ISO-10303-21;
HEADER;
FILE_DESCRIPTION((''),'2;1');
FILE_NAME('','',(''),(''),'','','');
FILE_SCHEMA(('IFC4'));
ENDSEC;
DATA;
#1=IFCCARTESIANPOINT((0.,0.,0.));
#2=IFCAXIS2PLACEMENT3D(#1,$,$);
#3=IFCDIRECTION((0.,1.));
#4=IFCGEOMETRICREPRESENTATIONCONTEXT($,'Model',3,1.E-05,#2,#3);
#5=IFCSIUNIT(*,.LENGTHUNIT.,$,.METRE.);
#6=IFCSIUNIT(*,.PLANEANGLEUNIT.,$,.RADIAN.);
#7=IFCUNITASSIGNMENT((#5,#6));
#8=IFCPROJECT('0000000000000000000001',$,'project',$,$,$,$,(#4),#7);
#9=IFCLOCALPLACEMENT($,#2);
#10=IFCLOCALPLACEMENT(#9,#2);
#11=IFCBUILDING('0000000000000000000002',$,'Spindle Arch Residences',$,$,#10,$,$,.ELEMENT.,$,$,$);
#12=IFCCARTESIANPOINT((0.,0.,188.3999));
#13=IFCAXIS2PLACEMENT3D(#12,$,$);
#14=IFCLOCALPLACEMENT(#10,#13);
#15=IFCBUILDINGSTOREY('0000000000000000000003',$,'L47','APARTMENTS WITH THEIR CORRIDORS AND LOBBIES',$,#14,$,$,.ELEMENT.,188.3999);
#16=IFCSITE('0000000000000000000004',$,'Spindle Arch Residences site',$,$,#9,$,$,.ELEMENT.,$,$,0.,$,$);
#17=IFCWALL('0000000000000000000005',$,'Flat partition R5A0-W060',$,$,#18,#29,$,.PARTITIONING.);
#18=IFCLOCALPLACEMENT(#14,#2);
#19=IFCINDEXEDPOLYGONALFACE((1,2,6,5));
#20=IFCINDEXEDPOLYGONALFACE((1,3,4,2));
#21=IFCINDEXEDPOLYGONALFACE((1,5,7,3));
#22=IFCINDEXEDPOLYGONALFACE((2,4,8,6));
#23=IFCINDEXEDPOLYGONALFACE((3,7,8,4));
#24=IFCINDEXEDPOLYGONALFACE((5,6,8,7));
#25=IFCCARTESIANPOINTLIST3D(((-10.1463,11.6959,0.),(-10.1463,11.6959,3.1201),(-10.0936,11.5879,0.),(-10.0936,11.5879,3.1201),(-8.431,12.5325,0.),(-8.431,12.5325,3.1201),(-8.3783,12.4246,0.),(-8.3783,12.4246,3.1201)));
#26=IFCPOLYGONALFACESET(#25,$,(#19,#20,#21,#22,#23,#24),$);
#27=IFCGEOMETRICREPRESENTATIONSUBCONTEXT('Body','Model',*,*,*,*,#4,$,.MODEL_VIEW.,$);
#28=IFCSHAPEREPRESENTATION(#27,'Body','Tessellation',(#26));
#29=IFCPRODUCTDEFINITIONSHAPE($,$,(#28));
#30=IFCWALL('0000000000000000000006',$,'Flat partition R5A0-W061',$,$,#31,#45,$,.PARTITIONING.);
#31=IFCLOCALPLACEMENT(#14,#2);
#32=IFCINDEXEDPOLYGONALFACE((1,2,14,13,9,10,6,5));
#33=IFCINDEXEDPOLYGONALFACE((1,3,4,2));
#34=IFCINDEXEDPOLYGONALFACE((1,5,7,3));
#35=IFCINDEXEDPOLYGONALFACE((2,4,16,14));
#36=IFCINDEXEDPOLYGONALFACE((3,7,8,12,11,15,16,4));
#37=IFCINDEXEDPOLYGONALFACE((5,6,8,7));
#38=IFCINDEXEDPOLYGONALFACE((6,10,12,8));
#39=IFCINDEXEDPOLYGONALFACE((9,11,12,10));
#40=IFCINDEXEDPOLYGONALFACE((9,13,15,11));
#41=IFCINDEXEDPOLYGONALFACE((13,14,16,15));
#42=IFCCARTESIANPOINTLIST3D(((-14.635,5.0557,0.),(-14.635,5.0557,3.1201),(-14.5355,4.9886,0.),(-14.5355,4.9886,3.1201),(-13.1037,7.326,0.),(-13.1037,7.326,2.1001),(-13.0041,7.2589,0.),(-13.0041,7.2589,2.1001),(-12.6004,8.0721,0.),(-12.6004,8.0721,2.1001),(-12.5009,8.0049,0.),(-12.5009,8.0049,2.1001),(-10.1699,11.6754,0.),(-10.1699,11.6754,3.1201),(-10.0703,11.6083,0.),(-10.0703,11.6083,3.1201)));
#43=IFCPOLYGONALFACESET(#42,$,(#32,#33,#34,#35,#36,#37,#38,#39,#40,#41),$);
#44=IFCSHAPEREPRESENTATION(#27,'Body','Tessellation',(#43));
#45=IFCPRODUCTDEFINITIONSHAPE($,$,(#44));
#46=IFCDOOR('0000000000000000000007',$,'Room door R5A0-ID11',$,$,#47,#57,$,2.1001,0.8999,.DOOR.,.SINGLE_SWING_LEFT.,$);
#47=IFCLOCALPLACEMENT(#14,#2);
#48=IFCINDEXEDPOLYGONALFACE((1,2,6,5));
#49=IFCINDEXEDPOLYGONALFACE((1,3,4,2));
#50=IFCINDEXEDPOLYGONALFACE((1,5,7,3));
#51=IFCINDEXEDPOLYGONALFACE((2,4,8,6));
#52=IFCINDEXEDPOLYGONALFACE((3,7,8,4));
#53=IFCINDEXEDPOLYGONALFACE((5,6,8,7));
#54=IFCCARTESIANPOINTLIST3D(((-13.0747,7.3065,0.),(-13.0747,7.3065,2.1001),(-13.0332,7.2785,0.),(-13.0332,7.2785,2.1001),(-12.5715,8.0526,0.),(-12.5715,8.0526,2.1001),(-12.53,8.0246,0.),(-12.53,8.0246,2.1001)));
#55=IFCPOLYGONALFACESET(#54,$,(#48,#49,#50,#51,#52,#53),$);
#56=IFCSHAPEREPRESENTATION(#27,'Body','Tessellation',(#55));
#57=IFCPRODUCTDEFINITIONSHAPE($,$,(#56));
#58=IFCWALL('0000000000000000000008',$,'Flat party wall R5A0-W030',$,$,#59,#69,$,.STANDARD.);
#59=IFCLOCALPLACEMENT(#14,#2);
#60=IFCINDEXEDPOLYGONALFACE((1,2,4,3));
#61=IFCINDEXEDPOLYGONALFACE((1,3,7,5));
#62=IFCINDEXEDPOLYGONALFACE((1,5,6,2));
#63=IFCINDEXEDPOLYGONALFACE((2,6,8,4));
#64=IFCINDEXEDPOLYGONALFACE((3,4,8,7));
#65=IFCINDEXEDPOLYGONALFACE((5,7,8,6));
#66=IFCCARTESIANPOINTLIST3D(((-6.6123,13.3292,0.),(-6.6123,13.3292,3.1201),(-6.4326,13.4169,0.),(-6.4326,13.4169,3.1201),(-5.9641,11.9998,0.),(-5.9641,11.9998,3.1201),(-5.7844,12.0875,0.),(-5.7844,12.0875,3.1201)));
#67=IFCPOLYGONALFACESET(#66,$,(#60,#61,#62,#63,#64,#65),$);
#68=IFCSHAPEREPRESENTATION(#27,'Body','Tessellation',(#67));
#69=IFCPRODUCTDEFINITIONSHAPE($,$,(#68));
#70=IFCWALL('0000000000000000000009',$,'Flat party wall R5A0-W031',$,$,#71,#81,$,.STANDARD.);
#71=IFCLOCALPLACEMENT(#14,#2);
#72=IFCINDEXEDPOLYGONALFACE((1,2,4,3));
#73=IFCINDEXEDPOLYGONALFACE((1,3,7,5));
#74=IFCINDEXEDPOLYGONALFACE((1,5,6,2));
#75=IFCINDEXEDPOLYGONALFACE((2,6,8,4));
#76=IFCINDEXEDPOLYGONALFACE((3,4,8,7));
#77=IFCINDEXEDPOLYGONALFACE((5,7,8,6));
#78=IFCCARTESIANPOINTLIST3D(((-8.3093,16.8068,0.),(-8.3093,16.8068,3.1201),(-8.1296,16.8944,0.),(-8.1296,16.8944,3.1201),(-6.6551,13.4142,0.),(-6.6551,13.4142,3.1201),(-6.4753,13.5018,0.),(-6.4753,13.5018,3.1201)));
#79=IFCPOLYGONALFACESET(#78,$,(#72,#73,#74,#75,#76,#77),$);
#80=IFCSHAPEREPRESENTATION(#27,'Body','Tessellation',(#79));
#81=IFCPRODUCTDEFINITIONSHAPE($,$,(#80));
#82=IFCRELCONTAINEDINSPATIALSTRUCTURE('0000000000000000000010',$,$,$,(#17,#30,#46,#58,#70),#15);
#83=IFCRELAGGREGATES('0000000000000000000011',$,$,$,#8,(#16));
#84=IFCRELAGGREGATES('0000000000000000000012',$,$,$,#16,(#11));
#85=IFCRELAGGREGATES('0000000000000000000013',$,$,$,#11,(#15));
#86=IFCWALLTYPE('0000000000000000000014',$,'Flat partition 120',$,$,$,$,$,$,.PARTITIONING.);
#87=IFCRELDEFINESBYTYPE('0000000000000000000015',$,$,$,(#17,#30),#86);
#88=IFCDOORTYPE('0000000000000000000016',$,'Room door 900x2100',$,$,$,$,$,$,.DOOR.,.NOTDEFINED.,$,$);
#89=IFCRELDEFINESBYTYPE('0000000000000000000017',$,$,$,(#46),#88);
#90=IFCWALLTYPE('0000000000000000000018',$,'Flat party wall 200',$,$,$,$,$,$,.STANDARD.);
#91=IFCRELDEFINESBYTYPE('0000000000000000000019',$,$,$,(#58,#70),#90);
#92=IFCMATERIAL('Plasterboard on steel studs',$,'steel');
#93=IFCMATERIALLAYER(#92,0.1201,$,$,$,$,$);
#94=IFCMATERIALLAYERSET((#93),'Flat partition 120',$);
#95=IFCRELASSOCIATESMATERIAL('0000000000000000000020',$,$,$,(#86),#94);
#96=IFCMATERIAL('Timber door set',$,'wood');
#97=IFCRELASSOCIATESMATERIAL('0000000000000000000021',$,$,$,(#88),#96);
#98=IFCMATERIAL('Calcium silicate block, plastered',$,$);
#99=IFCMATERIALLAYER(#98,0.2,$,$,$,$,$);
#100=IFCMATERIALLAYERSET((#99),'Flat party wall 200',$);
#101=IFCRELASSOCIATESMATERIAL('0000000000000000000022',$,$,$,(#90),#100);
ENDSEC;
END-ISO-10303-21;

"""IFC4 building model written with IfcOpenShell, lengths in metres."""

from ifc_helpers import new_model, si_unit, direction, frame, frame_2d, origin, place, context, subcontext, project, spatial, rectangle, extrude, material, layer, layer_set, type_object, element, fill, save


model = new_model("IFC4")

# Units and contexts
model_context = context("Model", 3, precision=1e-05, world=origin(), true_north=direction((0.0, 1.0)))
body_context = subcontext(model_context, "Body", "Model", "MODEL_VIEW")
ifc_project = project(units=[si_unit("LENGTHUNIT", "METRE"), si_unit("PLANEANGLEUNIT", "RADIAN")], contexts=[model_context])

# Site, building, storey
site_placement = place(None, origin())
site = spatial("IfcSite", under=ifc_project, at=site_placement, Name="Spindle Arch Residences site", CompositionType="ELEMENT", RefElevation=0.0)
building_placement = place(site_placement, origin())
building = spatial("IfcBuilding", under=site, at=building_placement, Name="Spindle Arch Residences", CompositionType="ELEMENT")
storey_placement = place(building_placement, frame((0.0, 0.0, 188.3999)))
storey = spatial("IfcBuildingStorey", under=building, at=storey_placement, Name="L47", Description="APARTMENTS WITH THEIR CORRIDORS AND LOBBIES", CompositionType="ELEMENT", Elevation=188.3999)

# Shared definitions
ifc_material_1 = material(Name="Plasterboard on steel studs", Category="steel")
ifc_layer_1 = layer(ifc_material_1, 0.1201)
ifc_layer_set_1 = layer_set([ifc_layer_1], Name="Flat partition 120")
wall_type_1 = type_object("IfcWallType", Name="Flat partition 120", PredefinedType="PARTITIONING", material=ifc_layer_set_1)

# Shared definitions
ifc_material_2 = material(Name="Timber door set", Category="wood")
door_type_1 = type_object("IfcDoorType", Name="Room door 900x2100", OperationType="NOTDEFINED", PredefinedType="DOOR", material=ifc_material_2)

# Wall
wall_1_placement = place(storey_placement, frame((-8.4048, 12.4785, 0.0), z_axis=(0.0, 0.0, 1.0), x_axis=(-0.898784, -0.438391, 0.0)))
element("IfcWall", 1, at=wall_1_placement, inside=storey, type_object=wall_type_1, Name="Flat partition R5A0-W060", PredefinedType="PARTITIONING", context=body_context, shape_type="SweptSolid", body=[
    extrude(rectangle(XDim=1.9084, YDim=0.1201, at=frame_2d((0.9541, 0.0))), origin(), (0.0, 0.0, 1.0), 3.1201),
])

# Wall, opening, door
wall_2_placement = place(storey_placement, frame((-10.1201, 11.6418, 0.0), z_axis=(0.0, 0.0, 1.0), x_axis=(-0.559201, -0.829032, 0.0)))
wall_2 = element("IfcWall", 2, at=wall_2_placement, inside=storey, type_object=wall_type_1, Name="Flat partition R5A0-W061", PredefinedType="PARTITIONING", context=body_context, shape_type="SweptSolid", body=[
    extrude(rectangle(XDim=7.9849, YDim=0.1201, at=frame_2d((3.9924, 0.0))), origin(), (0.0, 0.0, 1.0), 3.1201),
])
opening_1_placement = place(wall_2_placement, frame((4.3464, 0.0, 0.0)))
opening_1 = element("IfcOpeningElement", 3, at=opening_1_placement, cuts=wall_2, PredefinedType="OPENING", context=body_context, shape_type="SweptSolid", body=[
    extrude(rectangle(XDim=0.8999, YDim=2.1001, at=frame_2d((0.45, 1.05))), frame((0.0, 0.0701, 0.0), z_axis=(0.0, -1.0, 0.0), x_axis=(1.0, 0.0, 0.0)), (0.0, 0.0, 1.0), 0.1401),
])
door_1_placement = place(opening_1_placement, origin())
door_1 = element("IfcDoor", 4, at=door_1_placement, inside=storey, type_object=door_type_1, Name="Room door R5A0-ID11", OperationType="SINGLE_SWING_LEFT", OverallHeight=2.1001, OverallWidth=0.8999, PredefinedType="DOOR", context=body_context, shape_type="SweptSolid", body=[
    extrude(rectangle(XDim=0.8999, YDim=2.1001, at=frame_2d((0.45, 1.05))), frame((0.0, 0.0249, 0.0), z_axis=(0.0, -1.0, 0.0), x_axis=(1.0, 0.0, 0.0)), (0.0, 0.0, 1.0), 0.05),
])
fill(opening_1, door_1)

# Walls
ifc_material_3 = material(Name="Calcium silicate block, plastered")
ifc_layer_2 = layer(ifc_material_3, 0.2)
ifc_layer_set_2 = layer_set([ifc_layer_2], Name="Flat party wall 200")
wall_type_2 = type_object("IfcWallType", Name="Flat party wall 200", PredefinedType="STANDARD", material=ifc_layer_set_2)
wall_3_placement = place(storey_placement, frame((-6.5225, 13.373, 0.0), z_axis=(0.0, 0.0, 1.0), x_axis=(0.438277, -0.89884, 0.0)))
element("IfcWall", 5, at=wall_3_placement, inside=storey, type_object=wall_type_2, Name="Flat party wall R5A0-W030", PredefinedType="STANDARD", context=body_context, shape_type="SweptSolid", body=[
    extrude(rectangle(XDim=1.479, YDim=0.2, at=frame_2d((0.7395, 0.0))), origin(), (0.0, 0.0, 1.0), 3.1201),
])
wall_4_placement = place(storey_placement, frame((-8.2195, 16.8506, 0.0), z_axis=(0.0, 0.0, 1.0), x_axis=(0.438291, -0.898833, 0.0)))
element("IfcWall", 6, at=wall_4_placement, inside=storey, type_object=wall_type_2, Name="Flat party wall R5A0-W031", PredefinedType="STANDARD", context=body_context, shape_type="SweptSolid", body=[
    extrude(rectangle(XDim=3.7744, YDim=0.2, at=frame_2d((1.8872, 0.0))), origin(), (0.0, 0.0, 1.0), 3.1201),
])

save(model, "model.ifc")
